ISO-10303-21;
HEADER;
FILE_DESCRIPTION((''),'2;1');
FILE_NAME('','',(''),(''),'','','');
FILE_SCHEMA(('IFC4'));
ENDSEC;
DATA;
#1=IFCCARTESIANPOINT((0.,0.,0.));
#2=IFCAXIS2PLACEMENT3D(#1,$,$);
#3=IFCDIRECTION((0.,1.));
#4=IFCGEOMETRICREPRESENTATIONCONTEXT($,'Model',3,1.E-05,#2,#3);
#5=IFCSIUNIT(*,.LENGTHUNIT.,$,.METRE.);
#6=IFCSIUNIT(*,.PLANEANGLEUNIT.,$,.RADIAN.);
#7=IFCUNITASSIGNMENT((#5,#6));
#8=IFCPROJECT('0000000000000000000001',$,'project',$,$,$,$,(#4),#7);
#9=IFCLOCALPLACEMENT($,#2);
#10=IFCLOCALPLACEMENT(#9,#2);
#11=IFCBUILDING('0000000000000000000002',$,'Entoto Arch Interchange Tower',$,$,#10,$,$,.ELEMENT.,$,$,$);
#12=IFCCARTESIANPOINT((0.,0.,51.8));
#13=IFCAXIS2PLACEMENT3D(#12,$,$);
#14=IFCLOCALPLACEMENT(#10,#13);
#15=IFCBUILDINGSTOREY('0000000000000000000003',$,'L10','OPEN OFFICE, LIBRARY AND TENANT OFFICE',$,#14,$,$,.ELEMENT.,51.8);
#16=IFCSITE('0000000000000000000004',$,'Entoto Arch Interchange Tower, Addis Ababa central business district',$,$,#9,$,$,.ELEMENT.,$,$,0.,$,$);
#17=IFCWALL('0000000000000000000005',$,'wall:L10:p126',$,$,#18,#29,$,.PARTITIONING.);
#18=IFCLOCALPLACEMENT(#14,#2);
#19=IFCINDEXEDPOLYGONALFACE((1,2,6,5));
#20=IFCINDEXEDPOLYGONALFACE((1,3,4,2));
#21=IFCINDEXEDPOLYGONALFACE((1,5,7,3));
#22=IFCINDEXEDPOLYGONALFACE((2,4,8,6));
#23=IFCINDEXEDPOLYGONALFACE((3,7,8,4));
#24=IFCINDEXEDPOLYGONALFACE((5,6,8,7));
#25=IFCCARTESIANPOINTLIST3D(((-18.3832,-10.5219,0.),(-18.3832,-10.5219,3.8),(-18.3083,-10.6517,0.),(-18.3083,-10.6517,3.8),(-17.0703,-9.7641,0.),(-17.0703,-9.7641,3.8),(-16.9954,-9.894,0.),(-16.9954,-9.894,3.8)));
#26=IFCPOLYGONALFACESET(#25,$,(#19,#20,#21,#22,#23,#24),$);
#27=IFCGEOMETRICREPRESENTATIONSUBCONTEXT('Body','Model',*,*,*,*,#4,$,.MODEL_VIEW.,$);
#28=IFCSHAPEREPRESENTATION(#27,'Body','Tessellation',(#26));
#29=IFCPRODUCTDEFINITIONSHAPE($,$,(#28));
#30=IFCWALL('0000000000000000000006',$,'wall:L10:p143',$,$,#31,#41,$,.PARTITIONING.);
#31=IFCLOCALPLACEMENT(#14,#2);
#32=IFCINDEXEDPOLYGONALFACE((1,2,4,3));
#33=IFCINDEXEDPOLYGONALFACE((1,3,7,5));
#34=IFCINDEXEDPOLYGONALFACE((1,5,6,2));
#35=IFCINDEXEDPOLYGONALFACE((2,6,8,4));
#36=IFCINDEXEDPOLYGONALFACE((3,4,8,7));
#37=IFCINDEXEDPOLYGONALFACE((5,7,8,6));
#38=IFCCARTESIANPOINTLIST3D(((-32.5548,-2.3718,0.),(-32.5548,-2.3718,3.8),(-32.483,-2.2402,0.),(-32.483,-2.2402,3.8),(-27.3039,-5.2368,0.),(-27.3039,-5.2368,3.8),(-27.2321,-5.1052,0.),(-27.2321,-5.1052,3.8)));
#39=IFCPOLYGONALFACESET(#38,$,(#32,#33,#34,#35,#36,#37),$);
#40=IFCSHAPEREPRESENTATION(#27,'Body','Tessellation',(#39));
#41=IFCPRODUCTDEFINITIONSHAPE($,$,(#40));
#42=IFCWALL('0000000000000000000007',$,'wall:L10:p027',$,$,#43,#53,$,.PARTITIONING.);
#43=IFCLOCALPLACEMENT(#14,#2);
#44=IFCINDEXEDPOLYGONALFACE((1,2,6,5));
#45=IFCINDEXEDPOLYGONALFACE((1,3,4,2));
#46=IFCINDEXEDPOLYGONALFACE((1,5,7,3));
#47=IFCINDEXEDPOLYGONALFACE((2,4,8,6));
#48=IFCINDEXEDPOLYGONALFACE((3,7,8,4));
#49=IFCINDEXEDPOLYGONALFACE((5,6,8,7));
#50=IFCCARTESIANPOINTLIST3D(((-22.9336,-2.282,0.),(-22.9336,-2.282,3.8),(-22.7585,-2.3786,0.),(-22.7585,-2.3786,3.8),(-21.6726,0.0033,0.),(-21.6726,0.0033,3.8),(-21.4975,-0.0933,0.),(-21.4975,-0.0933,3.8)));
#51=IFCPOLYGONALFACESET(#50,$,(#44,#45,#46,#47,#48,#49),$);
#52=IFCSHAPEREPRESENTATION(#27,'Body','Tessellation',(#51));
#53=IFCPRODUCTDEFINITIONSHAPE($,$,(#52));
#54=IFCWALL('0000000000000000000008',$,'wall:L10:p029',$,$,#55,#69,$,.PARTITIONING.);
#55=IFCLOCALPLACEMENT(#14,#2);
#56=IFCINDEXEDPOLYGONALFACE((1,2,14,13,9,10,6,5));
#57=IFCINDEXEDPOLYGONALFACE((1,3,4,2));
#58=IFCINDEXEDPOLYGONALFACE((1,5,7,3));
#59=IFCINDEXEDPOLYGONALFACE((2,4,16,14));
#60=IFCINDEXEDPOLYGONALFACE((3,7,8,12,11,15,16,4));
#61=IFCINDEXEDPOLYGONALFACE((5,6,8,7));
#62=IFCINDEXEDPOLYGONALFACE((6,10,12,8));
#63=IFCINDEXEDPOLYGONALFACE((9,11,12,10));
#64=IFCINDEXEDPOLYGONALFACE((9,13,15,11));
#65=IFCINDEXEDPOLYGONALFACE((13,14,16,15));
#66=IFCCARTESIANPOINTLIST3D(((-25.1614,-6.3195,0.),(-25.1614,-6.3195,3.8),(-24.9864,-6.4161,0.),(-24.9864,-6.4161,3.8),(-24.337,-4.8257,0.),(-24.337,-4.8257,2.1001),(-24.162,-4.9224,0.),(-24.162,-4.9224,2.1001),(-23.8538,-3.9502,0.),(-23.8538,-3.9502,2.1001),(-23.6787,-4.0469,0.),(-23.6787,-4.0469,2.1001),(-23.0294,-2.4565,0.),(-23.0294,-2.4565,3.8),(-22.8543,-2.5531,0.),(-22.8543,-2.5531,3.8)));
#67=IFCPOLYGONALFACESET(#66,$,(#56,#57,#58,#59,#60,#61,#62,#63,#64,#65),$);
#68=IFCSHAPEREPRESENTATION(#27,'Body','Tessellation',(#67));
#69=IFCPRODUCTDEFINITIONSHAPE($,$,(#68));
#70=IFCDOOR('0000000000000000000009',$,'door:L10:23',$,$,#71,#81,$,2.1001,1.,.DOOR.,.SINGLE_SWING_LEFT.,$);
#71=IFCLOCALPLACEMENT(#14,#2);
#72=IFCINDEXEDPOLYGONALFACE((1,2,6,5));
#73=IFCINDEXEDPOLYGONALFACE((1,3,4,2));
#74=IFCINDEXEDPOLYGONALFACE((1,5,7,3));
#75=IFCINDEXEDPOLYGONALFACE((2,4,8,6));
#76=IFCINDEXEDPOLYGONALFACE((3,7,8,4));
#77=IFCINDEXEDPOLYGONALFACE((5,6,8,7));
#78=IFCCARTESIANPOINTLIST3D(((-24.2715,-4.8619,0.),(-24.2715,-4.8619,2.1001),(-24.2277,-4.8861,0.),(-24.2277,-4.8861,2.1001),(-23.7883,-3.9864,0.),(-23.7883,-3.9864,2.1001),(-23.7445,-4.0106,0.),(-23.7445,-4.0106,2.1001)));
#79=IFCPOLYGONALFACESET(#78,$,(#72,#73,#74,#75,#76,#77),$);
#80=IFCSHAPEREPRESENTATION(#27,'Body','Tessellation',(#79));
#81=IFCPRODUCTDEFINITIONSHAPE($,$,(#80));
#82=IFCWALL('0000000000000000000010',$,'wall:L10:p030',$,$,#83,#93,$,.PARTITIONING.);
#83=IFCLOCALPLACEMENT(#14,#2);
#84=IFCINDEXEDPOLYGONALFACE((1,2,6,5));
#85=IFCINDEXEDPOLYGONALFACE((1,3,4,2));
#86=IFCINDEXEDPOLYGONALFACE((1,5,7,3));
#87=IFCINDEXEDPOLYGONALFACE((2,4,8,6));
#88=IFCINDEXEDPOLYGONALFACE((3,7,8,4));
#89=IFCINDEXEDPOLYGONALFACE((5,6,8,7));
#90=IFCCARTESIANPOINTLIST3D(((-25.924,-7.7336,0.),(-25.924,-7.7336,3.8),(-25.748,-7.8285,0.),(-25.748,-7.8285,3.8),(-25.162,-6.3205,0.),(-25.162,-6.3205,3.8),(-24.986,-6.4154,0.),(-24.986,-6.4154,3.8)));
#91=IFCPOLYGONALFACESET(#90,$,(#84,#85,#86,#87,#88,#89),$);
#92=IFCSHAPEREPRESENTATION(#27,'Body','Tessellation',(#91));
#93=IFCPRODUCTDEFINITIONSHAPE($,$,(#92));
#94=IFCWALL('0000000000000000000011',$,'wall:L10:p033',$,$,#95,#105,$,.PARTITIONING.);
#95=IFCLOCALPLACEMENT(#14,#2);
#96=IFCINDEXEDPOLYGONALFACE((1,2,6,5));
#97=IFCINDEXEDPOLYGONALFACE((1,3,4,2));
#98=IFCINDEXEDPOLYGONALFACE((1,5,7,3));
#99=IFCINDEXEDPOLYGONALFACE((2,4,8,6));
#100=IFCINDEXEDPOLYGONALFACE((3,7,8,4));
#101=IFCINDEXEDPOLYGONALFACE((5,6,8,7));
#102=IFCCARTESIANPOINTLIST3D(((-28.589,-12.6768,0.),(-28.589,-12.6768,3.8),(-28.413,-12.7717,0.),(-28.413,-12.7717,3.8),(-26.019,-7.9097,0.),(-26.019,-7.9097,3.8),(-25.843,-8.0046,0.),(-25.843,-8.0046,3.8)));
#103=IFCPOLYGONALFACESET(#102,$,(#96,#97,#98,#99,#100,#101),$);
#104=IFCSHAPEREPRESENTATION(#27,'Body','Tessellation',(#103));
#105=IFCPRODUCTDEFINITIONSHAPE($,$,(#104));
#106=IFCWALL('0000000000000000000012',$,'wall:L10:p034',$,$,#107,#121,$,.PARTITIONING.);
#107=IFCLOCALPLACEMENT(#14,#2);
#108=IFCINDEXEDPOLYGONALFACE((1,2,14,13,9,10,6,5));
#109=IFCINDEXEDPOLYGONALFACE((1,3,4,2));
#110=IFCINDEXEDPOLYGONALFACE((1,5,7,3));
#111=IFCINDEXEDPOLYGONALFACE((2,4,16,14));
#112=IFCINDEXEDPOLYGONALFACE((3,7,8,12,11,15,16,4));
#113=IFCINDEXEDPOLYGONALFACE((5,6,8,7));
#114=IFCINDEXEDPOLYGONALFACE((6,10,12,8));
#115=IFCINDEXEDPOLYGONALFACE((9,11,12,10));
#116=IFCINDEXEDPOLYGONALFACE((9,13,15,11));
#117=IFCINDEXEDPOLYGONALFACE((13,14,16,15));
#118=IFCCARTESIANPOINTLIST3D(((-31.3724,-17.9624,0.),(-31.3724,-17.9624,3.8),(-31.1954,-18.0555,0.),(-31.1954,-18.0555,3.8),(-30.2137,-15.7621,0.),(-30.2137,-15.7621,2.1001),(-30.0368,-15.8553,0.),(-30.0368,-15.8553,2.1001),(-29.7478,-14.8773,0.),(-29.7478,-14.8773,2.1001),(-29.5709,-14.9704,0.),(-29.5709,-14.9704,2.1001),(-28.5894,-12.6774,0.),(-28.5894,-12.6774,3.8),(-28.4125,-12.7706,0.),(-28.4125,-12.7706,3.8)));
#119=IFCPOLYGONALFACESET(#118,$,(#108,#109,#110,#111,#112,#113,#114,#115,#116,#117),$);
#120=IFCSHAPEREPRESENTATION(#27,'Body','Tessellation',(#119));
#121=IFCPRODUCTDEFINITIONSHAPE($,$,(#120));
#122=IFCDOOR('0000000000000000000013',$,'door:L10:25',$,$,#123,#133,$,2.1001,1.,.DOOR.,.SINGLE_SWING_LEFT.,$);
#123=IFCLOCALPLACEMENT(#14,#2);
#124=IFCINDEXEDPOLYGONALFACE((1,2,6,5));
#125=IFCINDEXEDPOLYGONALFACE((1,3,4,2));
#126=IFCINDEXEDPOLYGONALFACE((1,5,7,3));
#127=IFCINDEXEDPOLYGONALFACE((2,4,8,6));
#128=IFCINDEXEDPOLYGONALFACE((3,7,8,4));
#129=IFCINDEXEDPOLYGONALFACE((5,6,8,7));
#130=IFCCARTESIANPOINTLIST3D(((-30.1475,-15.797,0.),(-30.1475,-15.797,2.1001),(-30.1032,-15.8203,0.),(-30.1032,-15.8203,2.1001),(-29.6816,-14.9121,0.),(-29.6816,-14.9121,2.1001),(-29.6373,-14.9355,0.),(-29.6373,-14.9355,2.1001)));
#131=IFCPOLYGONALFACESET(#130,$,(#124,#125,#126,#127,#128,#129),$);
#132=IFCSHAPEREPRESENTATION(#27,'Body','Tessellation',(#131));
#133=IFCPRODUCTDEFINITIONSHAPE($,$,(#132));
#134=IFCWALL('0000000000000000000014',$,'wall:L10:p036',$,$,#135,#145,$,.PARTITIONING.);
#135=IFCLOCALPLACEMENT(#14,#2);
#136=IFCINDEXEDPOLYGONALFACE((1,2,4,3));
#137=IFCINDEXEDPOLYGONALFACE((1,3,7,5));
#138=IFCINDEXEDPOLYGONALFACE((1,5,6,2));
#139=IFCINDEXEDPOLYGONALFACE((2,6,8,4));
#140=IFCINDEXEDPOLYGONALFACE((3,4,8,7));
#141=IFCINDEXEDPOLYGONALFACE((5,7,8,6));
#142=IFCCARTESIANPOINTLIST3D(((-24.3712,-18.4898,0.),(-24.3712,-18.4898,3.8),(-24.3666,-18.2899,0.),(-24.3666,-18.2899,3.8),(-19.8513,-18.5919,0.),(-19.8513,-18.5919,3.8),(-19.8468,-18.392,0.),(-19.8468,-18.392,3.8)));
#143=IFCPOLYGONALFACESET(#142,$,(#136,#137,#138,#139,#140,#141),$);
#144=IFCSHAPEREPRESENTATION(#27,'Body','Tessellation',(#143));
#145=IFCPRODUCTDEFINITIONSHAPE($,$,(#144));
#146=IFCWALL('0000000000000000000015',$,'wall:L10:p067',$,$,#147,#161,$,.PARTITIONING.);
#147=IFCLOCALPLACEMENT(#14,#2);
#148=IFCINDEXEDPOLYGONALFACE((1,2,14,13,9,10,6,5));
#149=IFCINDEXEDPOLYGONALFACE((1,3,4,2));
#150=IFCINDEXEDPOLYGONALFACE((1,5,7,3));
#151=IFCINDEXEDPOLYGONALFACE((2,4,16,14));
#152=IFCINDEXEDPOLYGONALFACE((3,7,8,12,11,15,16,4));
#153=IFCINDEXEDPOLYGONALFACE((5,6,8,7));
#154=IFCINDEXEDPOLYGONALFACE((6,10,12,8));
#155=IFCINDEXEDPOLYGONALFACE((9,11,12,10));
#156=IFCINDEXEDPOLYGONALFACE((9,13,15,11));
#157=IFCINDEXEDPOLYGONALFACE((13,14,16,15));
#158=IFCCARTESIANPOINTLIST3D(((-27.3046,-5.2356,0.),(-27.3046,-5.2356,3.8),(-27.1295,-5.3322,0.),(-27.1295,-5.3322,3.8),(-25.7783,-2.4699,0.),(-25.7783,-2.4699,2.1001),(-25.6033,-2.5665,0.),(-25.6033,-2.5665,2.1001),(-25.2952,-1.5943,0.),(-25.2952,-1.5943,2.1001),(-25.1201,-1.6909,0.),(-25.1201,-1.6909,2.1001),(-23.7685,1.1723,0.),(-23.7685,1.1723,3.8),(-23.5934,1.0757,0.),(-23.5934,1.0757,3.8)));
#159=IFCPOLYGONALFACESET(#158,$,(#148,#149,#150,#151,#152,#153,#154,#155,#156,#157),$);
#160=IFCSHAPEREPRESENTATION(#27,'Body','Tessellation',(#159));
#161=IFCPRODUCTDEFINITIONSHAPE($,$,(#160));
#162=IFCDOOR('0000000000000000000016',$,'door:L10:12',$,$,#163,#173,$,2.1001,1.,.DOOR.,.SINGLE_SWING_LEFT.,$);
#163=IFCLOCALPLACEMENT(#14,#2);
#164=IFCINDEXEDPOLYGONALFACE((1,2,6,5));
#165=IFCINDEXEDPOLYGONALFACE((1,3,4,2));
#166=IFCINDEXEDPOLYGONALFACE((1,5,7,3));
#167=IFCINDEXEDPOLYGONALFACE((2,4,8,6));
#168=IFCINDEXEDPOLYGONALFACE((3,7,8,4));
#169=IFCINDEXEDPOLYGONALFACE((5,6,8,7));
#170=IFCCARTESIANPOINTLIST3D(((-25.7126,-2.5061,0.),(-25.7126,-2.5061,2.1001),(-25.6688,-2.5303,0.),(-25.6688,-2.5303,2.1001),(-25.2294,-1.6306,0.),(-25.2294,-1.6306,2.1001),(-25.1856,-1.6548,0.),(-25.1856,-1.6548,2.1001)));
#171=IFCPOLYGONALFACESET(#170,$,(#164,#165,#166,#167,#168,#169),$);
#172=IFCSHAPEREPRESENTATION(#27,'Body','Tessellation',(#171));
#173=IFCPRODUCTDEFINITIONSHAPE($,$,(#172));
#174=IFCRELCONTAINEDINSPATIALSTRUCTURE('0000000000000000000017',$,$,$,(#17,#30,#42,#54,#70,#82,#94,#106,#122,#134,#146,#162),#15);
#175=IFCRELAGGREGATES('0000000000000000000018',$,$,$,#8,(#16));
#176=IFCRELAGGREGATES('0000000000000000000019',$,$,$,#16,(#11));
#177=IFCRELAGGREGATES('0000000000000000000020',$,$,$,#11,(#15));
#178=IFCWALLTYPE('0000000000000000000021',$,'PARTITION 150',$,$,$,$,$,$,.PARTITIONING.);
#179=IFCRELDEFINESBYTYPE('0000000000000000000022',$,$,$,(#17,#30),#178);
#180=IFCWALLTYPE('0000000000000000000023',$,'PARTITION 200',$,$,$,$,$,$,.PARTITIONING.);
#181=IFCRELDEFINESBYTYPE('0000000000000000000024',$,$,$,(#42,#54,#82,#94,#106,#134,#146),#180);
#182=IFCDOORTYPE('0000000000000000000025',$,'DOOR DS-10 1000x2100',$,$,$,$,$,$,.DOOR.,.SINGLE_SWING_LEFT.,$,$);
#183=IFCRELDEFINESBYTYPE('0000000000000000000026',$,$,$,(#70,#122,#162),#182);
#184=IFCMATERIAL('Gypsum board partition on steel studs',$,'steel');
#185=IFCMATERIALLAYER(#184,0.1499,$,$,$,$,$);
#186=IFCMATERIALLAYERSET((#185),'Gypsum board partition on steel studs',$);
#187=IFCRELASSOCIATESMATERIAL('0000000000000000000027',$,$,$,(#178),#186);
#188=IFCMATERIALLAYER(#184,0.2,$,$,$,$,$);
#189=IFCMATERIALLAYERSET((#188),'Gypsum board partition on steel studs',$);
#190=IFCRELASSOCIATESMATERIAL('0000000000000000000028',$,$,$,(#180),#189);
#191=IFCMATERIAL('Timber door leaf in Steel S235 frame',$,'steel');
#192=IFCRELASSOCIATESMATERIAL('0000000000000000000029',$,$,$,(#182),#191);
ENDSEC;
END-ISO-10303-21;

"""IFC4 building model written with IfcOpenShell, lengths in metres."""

from ifc_helpers import new_model, si_unit, direction, frame, frame_2d, origin, place, context, subcontext, project, spatial, rectangle, extrude, material, layer, layer_set, type_object, element, fill, save


model = new_model("IFC4")

# Units and contexts
model_context = context("Model", 3, precision=1e-05, world=origin(), true_north=direction((0.0, 1.0)))
body_context = subcontext(model_context, "Body", "Model", "MODEL_VIEW")
ifc_project = project(units=[si_unit("LENGTHUNIT", "METRE"), si_unit("PLANEANGLEUNIT", "RADIAN")], contexts=[model_context])

# Site, building, storey
site_placement = place(None, origin())
site = spatial("IfcSite", under=ifc_project, at=site_placement, Name="Entoto Arch Interchange Tower, Addis Ababa central business district", CompositionType="ELEMENT", RefElevation=0.0)
building_placement = place(site_placement, origin())
building = spatial("IfcBuilding", under=site, at=building_placement, Name="Entoto Arch Interchange Tower", CompositionType="ELEMENT")
storey_placement = place(building_placement, frame((0.0, 0.0, 51.8)))
storey = spatial("IfcBuildingStorey", under=building, at=storey_placement, Name="L10", Description="OPEN OFFICE, LIBRARY AND TENANT OFFICE", CompositionType="ELEMENT", Elevation=51.8)

# Walls
ifc_material_1 = material(Name="Gypsum board partition on steel studs", Category="steel")
ifc_layer_1 = layer(ifc_material_1, 0.1499)
ifc_layer_set_1 = layer_set([ifc_layer_1], Name="Gypsum board partition on steel studs")
wall_type_1 = type_object("IfcWallType", Name="PARTITION 150", PredefinedType="PARTITIONING", material=ifc_layer_set_1)
wall_1_placement = place(storey_placement, frame((-17.033, -9.8291, 0.0), z_axis=(0.0, 0.0, 1.0), x_axis=(-0.866094, -0.49988, 0.0)))
element("IfcWall", 1, at=wall_1_placement, inside=storey, type_object=wall_type_1, Name="wall:L10:p126", PredefinedType="PARTITIONING", context=body_context, shape_type="SweptSolid", body=[
    extrude(rectangle(XDim=1.5159, YDim=0.1499, at=frame_2d((0.7578, 0.0))), origin(), (0.0, 0.0, 1.0), 3.8),
])
wall_2_placement = place(storey_placement, frame((-27.2681, -5.1709, 0.0), z_axis=(0.0, 0.0, 1.0), x_axis=(-0.877838, 0.478958, 0.0)))
element("IfcWall", 2, at=wall_2_placement, inside=storey, type_object=wall_type_1, Name="wall:L10:p143", PredefinedType="PARTITIONING", context=body_context, shape_type="SweptSolid", body=[
    extrude(rectangle(XDim=5.9817, YDim=0.1499, at=frame_2d((2.9907, 0.0))), origin(), (0.0, 0.0, 1.0), 3.8),
])
ifc_layer_2 = layer(ifc_material_1, 0.2)
ifc_layer_set_2 = layer_set([ifc_layer_2], Name="Gypsum board partition on steel studs")
wall_type_2 = type_object("IfcWallType", Name="PARTITION 200", PredefinedType="PARTITIONING", material=ifc_layer_set_2)
wall_3_placement = place(storey_placement, frame((-21.585, -0.0449, 0.0), z_axis=(0.0, 0.0, 1.0), x_axis=(-0.483139, -0.875544, 0.0)))
element("IfcWall", 3, at=wall_3_placement, inside=storey, type_object=wall_type_2, Name="wall:L10:p027", PredefinedType="PARTITIONING", context=body_context, shape_type="SweptSolid", body=[
    extrude(rectangle(XDim=2.6101, YDim=0.2, at=frame_2d((1.3052, 0.0))), origin(), (0.0, 0.0, 1.0), 3.8),
])

# Wall, opening, door
wall_4_placement = place(storey_placement, frame((-22.9419, -2.5049, 0.0), z_axis=(0.0, 0.0, 1.0), x_axis=(-0.483208, -0.875506, 0.0)))
wall_4 = element("IfcWall", 4, at=wall_4_placement, inside=storey, type_object=wall_type_2, Name="wall:L10:p029", PredefinedType="PARTITIONING", context=body_context, shape_type="SweptSolid", body=[
    extrude(rectangle(XDim=4.4124, YDim=0.2, at=frame_2d((2.2061, 0.0))), origin(), (0.0, 0.0, 1.0), 3.8),
])
opening_1_placement = place(wall_4_placement, frame((1.7061, 0.0, 0.0)))
opening_1 = element("IfcOpeningElement", 5, at=opening_1_placement, cuts=wall_4, PredefinedType="OPENING", context=body_context, shape_type="SweptSolid", body=[
    extrude(rectangle(XDim=1.0, YDim=2.1001, at=frame_2d((0.5, 1.05))), frame((0.0, 0.1099, 0.0), z_axis=(0.0, -1.0, 0.0), x_axis=(1.0, 0.0, 0.0)), (0.0, 0.0, 1.0), 0.22),
])
ifc_material_2 = material(Name="Timber door leaf in Steel S235 frame", Category="steel")
door_type = type_object("IfcDoorType", Name="DOOR DS-10 1000x2100", OperationType="SINGLE_SWING_LEFT", PredefinedType="DOOR", material=ifc_material_2)
door_1_placement = place(opening_1_placement, origin())
door_1 = element("IfcDoor", 6, at=door_1_placement, inside=storey, type_object=door_type, Name="door:L10:23", OperationType="SINGLE_SWING_LEFT", OverallHeight=2.1001, OverallWidth=1.0, PredefinedType="DOOR", context=body_context, shape_type="SweptSolid", body=[
    extrude(rectangle(XDim=1.0, YDim=2.1001, at=frame_2d((0.5, 1.05))), frame((0.0, 0.0249, 0.0), z_axis=(0.0, -1.0, 0.0), x_axis=(1.0, 0.0, 0.0)), (0.0, 0.0, 1.0), 0.05),
])
fill(opening_1, door_1)

# Walls
wall_5_placement = place(storey_placement, frame((-25.074, -6.3679, 0.0), z_axis=(0.0, 0.0, 1.0), x_axis=(-0.474617, -0.880193, 0.0)))
element("IfcWall", 7, at=wall_5_placement, inside=storey, type_object=wall_type_2, Name="wall:L10:p030", PredefinedType="PARTITIONING", context=body_context, shape_type="SweptSolid", body=[
    extrude(rectangle(XDim=1.6055, YDim=0.2, at=frame_2d((0.8027, 0.0))), origin(), (0.0, 0.0, 1.0), 3.8),
])
wall_6_placement = place(storey_placement, frame((-25.9309, -7.957, 0.0), z_axis=(0.0, 0.0, 1.0), x_axis=(-0.474554, -0.880226, 0.0)))
element("IfcWall", 8, at=wall_6_placement, inside=storey, type_object=wall_type_2, Name="wall:L10:p033", PredefinedType="PARTITIONING", context=body_context, shape_type="SweptSolid", body=[
    extrude(rectangle(XDim=5.4158, YDim=0.2, at=frame_2d((2.708, 0.0))), origin(), (0.0, 0.0, 1.0), 3.8),
])

# Wall, opening, door
wall_7_placement = place(storey_placement, frame((-28.501, -12.7241, 0.0), z_axis=(0.0, 0.0, 1.0), x_axis=(-0.465933, -0.88482, 0.0)))
wall_7 = element("IfcWall", 9, at=wall_7_placement, inside=storey, type_object=wall_type_2, Name="wall:L10:p034", PredefinedType="PARTITIONING", context=body_context, shape_type="SweptSolid", body=[
    extrude(rectangle(XDim=5.9729, YDim=0.2, at=frame_2d((2.9863, 0.0))), origin(), (0.0, 0.0, 1.0), 3.8),
])
opening_2_placement = place(wall_7_placement, frame((2.4861, 0.0, 0.0)))
opening_2 = element("IfcOpeningElement", 10, at=opening_2_placement, cuts=wall_7, PredefinedType="OPENING", context=body_context, shape_type="SweptSolid", body=[
    extrude(rectangle(XDim=1.0, YDim=2.1001, at=frame_2d((0.5, 1.05))), frame((0.0, 0.1099, 0.0), z_axis=(0.0, -1.0, 0.0), x_axis=(1.0, 0.0, 0.0)), (0.0, 0.0, 1.0), 0.22),
])
door_2_placement = place(opening_2_placement, origin())
door_2 = element("IfcDoor", 11, at=door_2_placement, inside=storey, type_object=door_type, Name="door:L10:25", OperationType="SINGLE_SWING_LEFT", OverallHeight=2.1001, OverallWidth=1.0, PredefinedType="DOOR", context=body_context, shape_type="SweptSolid", body=[
    extrude(rectangle(XDim=1.0, YDim=2.1001, at=frame_2d((0.5, 1.05))), frame((0.0, 0.0249, 0.0), z_axis=(0.0, -1.0, 0.0), x_axis=(1.0, 0.0, 0.0)), (0.0, 0.0, 1.0), 0.05),
])
fill(opening_2, door_2)

# Wall
wall_8_placement = place(storey_placement, frame((-24.3689, -18.3899, 0.0), z_axis=(0.0, 0.0, 1.0), x_axis=(0.999745, -0.022573, 0.0)))
element("IfcWall", 12, at=wall_8_placement, inside=storey, type_object=wall_type_2, Name="wall:L10:p036", PredefinedType="PARTITIONING", context=body_context, shape_type="SweptSolid", body=[
    extrude(rectangle(XDim=4.521, YDim=0.2, at=frame_2d((2.2605, 0.0))), origin(), (0.0, 0.0, 1.0), 3.8),
])

# Wall, opening, door
wall_9_placement = place(storey_placement, frame((-27.217, -5.2839, 0.0), z_axis=(0.0, 0.0, 1.0), x_axis=(0.483151, 0.875537, 0.0)))
wall_9 = element("IfcWall", 13, at=wall_9_placement, inside=storey, type_object=wall_type_2, Name="wall:L10:p067", PredefinedType="PARTITIONING", context=body_context, shape_type="SweptSolid", body=[
    extrude(rectangle(XDim=7.3188, YDim=0.2, at=frame_2d((3.6594, 0.0))), origin(), (0.0, 0.0, 1.0), 3.8),
])
opening_3_placement = place(wall_9_placement, frame((3.1589, 0.0, 0.0)))
opening_3 = element("IfcOpeningElement", 14, at=opening_3_placement, cuts=wall_9, PredefinedType="OPENING", context=body_context, shape_type="SweptSolid", body=[
    extrude(rectangle(XDim=1.0, YDim=2.1001, at=frame_2d((0.5, 1.05))), frame((0.0, 0.1099, 0.0), z_axis=(0.0, -1.0, 0.0), x_axis=(1.0, 0.0, 0.0)), (0.0, 0.0, 1.0), 0.22),
])
door_3_placement = place(opening_3_placement, origin())
door_3 = element("IfcDoor", 15, at=door_3_placement, inside=storey, type_object=door_type, Name="door:L10:12", OperationType="SINGLE_SWING_LEFT", OverallHeight=2.1001, OverallWidth=1.0, PredefinedType="DOOR", context=body_context, shape_type="SweptSolid", body=[
    extrude(rectangle(XDim=1.0, YDim=2.1001, at=frame_2d((0.5, 1.05))), frame((0.0, 0.0249, 0.0), z_axis=(0.0, -1.0, 0.0), x_axis=(1.0, 0.0, 0.0)), (0.0, 0.0, 1.0), 0.05),
])
fill(opening_3, door_3)

save(model, "model.ifc")
